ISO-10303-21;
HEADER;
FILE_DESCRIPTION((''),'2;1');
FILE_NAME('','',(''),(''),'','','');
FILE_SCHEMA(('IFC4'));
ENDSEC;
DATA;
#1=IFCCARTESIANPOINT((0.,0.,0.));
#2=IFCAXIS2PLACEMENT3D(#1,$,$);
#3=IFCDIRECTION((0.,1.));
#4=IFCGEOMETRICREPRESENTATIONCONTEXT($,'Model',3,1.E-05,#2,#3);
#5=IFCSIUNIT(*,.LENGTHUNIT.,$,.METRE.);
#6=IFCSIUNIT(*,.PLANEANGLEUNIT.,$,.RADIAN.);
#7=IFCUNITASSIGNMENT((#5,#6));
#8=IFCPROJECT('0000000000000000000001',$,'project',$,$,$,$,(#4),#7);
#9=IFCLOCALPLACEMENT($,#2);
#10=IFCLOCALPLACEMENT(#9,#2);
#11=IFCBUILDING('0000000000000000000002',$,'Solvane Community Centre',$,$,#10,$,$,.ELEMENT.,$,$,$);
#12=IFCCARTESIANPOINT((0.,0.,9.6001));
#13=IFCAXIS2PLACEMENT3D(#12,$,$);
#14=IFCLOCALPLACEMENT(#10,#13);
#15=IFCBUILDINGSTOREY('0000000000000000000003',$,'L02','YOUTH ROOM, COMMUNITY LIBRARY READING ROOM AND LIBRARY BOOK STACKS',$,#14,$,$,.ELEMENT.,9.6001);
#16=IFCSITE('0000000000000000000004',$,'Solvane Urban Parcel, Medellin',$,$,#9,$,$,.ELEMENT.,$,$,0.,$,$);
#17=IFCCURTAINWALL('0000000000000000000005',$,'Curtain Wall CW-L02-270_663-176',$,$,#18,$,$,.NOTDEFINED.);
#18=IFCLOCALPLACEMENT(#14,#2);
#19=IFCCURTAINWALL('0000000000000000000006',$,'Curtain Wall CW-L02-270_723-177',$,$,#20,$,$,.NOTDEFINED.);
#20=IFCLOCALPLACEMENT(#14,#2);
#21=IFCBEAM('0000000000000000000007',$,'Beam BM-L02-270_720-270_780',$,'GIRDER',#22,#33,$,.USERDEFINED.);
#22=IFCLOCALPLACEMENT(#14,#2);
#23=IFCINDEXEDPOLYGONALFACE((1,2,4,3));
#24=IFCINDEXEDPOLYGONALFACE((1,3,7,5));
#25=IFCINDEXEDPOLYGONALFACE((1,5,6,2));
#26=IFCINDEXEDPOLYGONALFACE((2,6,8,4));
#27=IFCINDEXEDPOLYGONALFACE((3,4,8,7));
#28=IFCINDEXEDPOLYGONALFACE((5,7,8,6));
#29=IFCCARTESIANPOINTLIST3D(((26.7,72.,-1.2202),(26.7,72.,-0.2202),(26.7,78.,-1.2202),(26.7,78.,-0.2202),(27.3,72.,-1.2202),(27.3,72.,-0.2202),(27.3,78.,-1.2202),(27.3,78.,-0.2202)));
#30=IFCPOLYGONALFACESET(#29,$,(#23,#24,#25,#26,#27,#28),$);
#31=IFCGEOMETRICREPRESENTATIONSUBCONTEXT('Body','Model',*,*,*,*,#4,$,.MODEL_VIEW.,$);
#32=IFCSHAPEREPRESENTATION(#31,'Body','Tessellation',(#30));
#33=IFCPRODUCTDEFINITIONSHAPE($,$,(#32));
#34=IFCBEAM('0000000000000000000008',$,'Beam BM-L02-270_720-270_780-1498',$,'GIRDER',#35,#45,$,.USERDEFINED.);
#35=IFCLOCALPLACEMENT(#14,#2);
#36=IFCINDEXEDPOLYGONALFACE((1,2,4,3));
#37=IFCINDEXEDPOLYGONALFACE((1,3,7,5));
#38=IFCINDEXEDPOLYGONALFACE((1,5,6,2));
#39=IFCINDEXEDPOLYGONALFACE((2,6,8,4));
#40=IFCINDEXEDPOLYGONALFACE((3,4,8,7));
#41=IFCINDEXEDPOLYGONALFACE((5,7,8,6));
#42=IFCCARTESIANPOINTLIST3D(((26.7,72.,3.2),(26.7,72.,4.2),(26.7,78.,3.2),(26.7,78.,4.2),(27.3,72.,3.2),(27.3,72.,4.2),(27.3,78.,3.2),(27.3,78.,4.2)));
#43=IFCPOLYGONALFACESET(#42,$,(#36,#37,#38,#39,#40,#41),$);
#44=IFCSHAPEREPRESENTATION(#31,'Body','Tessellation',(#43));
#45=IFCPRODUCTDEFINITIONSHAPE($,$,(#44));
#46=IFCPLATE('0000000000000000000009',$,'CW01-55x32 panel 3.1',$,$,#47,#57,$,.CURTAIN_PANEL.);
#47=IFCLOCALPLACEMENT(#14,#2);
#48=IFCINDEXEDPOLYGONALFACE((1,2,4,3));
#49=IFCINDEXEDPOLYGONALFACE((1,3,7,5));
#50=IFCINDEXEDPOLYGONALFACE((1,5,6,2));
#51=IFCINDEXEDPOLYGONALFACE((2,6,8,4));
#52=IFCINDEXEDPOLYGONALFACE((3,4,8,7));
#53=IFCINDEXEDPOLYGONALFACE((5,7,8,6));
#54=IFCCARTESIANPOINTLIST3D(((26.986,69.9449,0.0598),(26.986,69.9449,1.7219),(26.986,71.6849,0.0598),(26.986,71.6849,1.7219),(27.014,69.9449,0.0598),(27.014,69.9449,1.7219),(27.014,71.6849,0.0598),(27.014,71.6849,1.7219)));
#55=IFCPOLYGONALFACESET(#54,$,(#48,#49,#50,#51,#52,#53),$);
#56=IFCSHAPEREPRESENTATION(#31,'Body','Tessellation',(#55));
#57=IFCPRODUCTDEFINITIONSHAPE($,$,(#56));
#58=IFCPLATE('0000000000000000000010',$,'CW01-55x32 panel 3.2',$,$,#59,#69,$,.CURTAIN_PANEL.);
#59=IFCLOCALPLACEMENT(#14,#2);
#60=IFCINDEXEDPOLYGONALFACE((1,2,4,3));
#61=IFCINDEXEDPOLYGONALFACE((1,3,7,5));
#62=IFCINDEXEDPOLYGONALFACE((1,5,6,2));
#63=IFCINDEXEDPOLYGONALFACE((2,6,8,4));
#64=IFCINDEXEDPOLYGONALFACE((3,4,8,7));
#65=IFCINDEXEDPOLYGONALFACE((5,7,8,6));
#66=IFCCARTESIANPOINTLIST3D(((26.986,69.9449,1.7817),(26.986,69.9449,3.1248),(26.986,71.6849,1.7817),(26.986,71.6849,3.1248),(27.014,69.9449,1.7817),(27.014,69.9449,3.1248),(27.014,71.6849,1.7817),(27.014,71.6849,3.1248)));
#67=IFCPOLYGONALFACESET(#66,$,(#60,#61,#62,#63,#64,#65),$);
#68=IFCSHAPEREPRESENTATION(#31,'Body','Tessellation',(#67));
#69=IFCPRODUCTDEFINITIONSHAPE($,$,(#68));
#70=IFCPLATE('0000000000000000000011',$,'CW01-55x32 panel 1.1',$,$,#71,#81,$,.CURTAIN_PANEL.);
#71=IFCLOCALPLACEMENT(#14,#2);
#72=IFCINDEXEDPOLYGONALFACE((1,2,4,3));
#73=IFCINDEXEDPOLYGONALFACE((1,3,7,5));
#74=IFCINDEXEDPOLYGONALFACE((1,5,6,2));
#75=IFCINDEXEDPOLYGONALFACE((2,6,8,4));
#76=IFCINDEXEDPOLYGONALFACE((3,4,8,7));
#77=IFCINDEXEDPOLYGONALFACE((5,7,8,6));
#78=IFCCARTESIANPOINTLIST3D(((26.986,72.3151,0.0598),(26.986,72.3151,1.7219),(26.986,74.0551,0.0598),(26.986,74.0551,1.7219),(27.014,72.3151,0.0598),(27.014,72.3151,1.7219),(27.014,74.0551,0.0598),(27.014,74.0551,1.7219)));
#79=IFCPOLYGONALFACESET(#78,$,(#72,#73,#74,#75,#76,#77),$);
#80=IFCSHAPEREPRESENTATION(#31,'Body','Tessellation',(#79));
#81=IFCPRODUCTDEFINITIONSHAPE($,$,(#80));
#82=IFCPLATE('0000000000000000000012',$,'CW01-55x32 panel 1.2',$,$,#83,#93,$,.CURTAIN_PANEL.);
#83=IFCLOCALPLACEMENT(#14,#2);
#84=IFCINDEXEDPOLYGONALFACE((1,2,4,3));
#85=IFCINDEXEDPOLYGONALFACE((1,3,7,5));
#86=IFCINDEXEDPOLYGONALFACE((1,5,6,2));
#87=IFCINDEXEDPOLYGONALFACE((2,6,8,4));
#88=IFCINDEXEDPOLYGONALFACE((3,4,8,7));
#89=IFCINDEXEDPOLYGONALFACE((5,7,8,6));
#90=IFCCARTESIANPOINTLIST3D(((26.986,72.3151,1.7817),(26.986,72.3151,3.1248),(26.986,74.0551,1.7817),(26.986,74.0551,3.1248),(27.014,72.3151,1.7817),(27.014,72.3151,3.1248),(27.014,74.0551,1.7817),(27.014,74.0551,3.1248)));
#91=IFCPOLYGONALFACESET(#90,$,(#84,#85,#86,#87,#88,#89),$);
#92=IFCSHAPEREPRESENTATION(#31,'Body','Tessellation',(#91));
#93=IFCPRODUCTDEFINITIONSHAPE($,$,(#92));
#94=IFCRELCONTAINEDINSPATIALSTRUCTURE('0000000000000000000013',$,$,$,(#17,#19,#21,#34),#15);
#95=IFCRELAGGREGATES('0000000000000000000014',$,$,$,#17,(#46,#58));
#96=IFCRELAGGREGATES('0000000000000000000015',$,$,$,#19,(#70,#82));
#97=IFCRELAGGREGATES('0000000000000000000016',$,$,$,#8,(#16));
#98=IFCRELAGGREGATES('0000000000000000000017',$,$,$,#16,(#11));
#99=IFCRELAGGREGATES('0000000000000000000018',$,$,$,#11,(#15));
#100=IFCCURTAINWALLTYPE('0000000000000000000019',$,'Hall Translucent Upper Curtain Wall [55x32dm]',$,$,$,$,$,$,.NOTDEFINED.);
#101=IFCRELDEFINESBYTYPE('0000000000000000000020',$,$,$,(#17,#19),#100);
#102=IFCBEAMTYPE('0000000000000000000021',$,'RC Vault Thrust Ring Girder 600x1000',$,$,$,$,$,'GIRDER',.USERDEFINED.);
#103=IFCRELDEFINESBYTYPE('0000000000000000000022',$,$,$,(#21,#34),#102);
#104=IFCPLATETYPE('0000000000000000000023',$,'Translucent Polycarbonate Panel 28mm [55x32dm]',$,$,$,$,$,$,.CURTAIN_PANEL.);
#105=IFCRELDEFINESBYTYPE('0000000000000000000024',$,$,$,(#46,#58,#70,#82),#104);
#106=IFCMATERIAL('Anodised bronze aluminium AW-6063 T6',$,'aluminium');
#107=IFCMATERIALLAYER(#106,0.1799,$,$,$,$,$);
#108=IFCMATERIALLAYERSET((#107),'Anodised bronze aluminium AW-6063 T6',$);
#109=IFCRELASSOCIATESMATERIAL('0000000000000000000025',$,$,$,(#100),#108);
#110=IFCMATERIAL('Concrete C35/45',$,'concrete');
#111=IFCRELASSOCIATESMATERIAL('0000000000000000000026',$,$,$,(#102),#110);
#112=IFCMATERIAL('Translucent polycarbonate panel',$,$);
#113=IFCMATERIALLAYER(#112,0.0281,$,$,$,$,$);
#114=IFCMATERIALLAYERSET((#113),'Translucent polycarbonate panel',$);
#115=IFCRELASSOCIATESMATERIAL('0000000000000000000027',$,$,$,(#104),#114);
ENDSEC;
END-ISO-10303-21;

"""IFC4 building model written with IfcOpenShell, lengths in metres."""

from ifc_helpers import new_model, si_unit, direction, frame, origin, origin_2d, place, context, subcontext, project, spatial, rectangle, extrude, material, layer, layer_set, material_profile, profile_set, type_object, element, aggregate, save


model = new_model("IFC4")

# Units and contexts
model_context = context("Model", 3, precision=1e-05, world=origin(), true_north=direction((0.0, 1.0)))
body_context = subcontext(model_context, "Body", "Model", "MODEL_VIEW")
ifc_project = project(units=[si_unit("LENGTHUNIT", "METRE"), si_unit("PLANEANGLEUNIT", "RADIAN")], contexts=[model_context])

# Site, building, storey
site_placement = place(None, origin())
site = spatial("IfcSite", under=ifc_project, at=site_placement, Name="Solvane Urban Parcel, Medellin", CompositionType="ELEMENT", RefElevation=0.0)
building_placement = place(site_placement, origin())
building = spatial("IfcBuilding", under=site, at=building_placement, Name="Solvane Community Centre", CompositionType="ELEMENT")
storey_placement = place(building_placement, frame((0.0, 0.0, 9.6001)))
storey = spatial("IfcBuildingStorey", under=building, at=storey_placement, Name="L02", Description="YOUTH ROOM, COMMUNITY LIBRARY READING ROOM AND LIBRARY BOOK STACKS", CompositionType="ELEMENT", Elevation=9.6001)

# Curtain walls
ifc_material_1 = material(Name="Anodised bronze aluminium AW-6063 T6", Category="aluminium")
ifc_layer_1 = layer(ifc_material_1, 0.1799)
ifc_layer_set_1 = layer_set([ifc_layer_1], Name="Anodised bronze aluminium AW-6063 T6")
curtain_wall_type = type_object("IfcCurtainWallType", Name="Hall Translucent Upper Curtain Wall [55x32dm]", PredefinedType="NOTDEFINED", material=ifc_layer_set_1)
curtain_wall_1_placement = place(storey_placement, origin())
curtain_wall_1 = element("IfcCurtainWall", 1, at=curtain_wall_1_placement, inside=storey, type_object=curtain_wall_type, Name="Curtain Wall CW-L02-270_663-176", PredefinedType="NOTDEFINED")
curtain_wall_2_placement = place(storey_placement, origin())
curtain_wall_2 = element("IfcCurtainWall", 2, at=curtain_wall_2_placement, inside=storey, type_object=curtain_wall_type, Name="Curtain Wall CW-L02-270_723-177", PredefinedType="NOTDEFINED")

# Beams
ifc_material_2 = material(Name="Concrete C35/45", Category="concrete")
ifc_material_profile_1 = material_profile(ifc_material_2, rectangle(XDim=0.6001, YDim=1.0, at=origin_2d()), Name="RC 600x1000")
ifc_profile_set_1 = profile_set([ifc_material_profile_1], Name="Concrete C35/45")
beam_type_1 = type_object("IfcBeamType", Name="RC Vault Thrust Ring Girder 600x1000", ElementType="GIRDER", PredefinedType="USERDEFINED", material=ifc_profile_set_1)
for number, where, z_axis, x_axis, name in (
    (3, (27.0, 72.0, -0.7202), (0.0, 1.0, 0.0), (-1.0, 0.0, 0.0), "Beam BM-L02-270_720-270_780"),
    (4, (27.0, 72.0, 3.7), (0.0, 1.0, 0.0), (-1.0, 0.0, 0.0), "Beam BM-L02-270_720-270_780-1498"),
):
    element("IfcBeam", number, at=place(storey_placement, frame(where, z_axis=z_axis, x_axis=x_axis)), inside=storey, type_object=beam_type_1, Name=name, ObjectType="GIRDER", PredefinedType="USERDEFINED", context=body_context, shape_type="SweptSolid", body=[
        extrude(rectangle(XDim=0.6001, YDim=1.0, at=origin_2d()), origin(), (0.0, 0.0, 1.0), 6.0),
    ])

# Plates
ifc_material_3 = material(Name="Translucent polycarbonate panel")
ifc_layer_2 = layer(ifc_material_3, 0.0281)
ifc_layer_set_2 = layer_set([ifc_layer_2], Name="Translucent polycarbonate panel")
plate_type = type_object("IfcPlateType", Name="Translucent Polycarbonate Panel 28mm [55x32dm]", PredefinedType="CURTAIN_PANEL", material=ifc_layer_set_2)
plate_1_placement = place(storey_placement, frame((27.0, 70.8149, 0.0598), z_axis=(0.0, 0.0, 1.0), x_axis=(0.0, 1.0, 0.0)))
plate_1 = element("IfcPlate", 5, at=plate_1_placement, type_object=plate_type, Name="CW01-55x32 panel 3.1", PredefinedType="CURTAIN_PANEL", context=body_context, shape_type="SweptSolid", body=[
    extrude(rectangle(XDim=1.74, YDim=0.0281, at=origin_2d()), origin(), (0.0, 0.0, 1.0), 1.6621),
])
plate_2_placement = place(storey_placement, frame((27.0, 70.8149, 1.7817), z_axis=(0.0, 0.0, 1.0), x_axis=(0.0, 1.0, 0.0)))
plate_2 = element("IfcPlate", 6, at=plate_2_placement, type_object=plate_type, Name="CW01-55x32 panel 3.2", PredefinedType="CURTAIN_PANEL", context=body_context, shape_type="SweptSolid", body=[
    extrude(rectangle(XDim=1.74, YDim=0.0281, at=origin_2d()), origin(), (0.0, 0.0, 1.0), 1.343),
])
aggregate(curtain_wall_1, [plate_1, plate_2])
plate_3_placement = place(storey_placement, frame((27.0, 73.1851, 0.0598), z_axis=(0.0, 0.0, 1.0), x_axis=(0.0, 1.0, 0.0)))
plate_3 = element("IfcPlate", 7, at=plate_3_placement, type_object=plate_type, Name="CW01-55x32 panel 1.1", PredefinedType="CURTAIN_PANEL", context=body_context, shape_type="SweptSolid", body=[
    extrude(rectangle(XDim=1.74, YDim=0.0281, at=origin_2d()), origin(), (0.0, 0.0, 1.0), 1.6621),
])
plate_4_placement = place(storey_placement, frame((27.0, 73.1851, 1.7817), z_axis=(0.0, 0.0, 1.0), x_axis=(0.0, 1.0, 0.0)))
plate_4 = element("IfcPlate", 8, at=plate_4_placement, type_object=plate_type, Name="CW01-55x32 panel 1.2", PredefinedType="CURTAIN_PANEL", context=body_context, shape_type="SweptSolid", body=[
    extrude(rectangle(XDim=1.74, YDim=0.0281, at=origin_2d()), origin(), (0.0, 0.0, 1.0), 1.343),
])
aggregate(curtain_wall_2, [plate_3, plate_4])

save(model, "model.ifc")
